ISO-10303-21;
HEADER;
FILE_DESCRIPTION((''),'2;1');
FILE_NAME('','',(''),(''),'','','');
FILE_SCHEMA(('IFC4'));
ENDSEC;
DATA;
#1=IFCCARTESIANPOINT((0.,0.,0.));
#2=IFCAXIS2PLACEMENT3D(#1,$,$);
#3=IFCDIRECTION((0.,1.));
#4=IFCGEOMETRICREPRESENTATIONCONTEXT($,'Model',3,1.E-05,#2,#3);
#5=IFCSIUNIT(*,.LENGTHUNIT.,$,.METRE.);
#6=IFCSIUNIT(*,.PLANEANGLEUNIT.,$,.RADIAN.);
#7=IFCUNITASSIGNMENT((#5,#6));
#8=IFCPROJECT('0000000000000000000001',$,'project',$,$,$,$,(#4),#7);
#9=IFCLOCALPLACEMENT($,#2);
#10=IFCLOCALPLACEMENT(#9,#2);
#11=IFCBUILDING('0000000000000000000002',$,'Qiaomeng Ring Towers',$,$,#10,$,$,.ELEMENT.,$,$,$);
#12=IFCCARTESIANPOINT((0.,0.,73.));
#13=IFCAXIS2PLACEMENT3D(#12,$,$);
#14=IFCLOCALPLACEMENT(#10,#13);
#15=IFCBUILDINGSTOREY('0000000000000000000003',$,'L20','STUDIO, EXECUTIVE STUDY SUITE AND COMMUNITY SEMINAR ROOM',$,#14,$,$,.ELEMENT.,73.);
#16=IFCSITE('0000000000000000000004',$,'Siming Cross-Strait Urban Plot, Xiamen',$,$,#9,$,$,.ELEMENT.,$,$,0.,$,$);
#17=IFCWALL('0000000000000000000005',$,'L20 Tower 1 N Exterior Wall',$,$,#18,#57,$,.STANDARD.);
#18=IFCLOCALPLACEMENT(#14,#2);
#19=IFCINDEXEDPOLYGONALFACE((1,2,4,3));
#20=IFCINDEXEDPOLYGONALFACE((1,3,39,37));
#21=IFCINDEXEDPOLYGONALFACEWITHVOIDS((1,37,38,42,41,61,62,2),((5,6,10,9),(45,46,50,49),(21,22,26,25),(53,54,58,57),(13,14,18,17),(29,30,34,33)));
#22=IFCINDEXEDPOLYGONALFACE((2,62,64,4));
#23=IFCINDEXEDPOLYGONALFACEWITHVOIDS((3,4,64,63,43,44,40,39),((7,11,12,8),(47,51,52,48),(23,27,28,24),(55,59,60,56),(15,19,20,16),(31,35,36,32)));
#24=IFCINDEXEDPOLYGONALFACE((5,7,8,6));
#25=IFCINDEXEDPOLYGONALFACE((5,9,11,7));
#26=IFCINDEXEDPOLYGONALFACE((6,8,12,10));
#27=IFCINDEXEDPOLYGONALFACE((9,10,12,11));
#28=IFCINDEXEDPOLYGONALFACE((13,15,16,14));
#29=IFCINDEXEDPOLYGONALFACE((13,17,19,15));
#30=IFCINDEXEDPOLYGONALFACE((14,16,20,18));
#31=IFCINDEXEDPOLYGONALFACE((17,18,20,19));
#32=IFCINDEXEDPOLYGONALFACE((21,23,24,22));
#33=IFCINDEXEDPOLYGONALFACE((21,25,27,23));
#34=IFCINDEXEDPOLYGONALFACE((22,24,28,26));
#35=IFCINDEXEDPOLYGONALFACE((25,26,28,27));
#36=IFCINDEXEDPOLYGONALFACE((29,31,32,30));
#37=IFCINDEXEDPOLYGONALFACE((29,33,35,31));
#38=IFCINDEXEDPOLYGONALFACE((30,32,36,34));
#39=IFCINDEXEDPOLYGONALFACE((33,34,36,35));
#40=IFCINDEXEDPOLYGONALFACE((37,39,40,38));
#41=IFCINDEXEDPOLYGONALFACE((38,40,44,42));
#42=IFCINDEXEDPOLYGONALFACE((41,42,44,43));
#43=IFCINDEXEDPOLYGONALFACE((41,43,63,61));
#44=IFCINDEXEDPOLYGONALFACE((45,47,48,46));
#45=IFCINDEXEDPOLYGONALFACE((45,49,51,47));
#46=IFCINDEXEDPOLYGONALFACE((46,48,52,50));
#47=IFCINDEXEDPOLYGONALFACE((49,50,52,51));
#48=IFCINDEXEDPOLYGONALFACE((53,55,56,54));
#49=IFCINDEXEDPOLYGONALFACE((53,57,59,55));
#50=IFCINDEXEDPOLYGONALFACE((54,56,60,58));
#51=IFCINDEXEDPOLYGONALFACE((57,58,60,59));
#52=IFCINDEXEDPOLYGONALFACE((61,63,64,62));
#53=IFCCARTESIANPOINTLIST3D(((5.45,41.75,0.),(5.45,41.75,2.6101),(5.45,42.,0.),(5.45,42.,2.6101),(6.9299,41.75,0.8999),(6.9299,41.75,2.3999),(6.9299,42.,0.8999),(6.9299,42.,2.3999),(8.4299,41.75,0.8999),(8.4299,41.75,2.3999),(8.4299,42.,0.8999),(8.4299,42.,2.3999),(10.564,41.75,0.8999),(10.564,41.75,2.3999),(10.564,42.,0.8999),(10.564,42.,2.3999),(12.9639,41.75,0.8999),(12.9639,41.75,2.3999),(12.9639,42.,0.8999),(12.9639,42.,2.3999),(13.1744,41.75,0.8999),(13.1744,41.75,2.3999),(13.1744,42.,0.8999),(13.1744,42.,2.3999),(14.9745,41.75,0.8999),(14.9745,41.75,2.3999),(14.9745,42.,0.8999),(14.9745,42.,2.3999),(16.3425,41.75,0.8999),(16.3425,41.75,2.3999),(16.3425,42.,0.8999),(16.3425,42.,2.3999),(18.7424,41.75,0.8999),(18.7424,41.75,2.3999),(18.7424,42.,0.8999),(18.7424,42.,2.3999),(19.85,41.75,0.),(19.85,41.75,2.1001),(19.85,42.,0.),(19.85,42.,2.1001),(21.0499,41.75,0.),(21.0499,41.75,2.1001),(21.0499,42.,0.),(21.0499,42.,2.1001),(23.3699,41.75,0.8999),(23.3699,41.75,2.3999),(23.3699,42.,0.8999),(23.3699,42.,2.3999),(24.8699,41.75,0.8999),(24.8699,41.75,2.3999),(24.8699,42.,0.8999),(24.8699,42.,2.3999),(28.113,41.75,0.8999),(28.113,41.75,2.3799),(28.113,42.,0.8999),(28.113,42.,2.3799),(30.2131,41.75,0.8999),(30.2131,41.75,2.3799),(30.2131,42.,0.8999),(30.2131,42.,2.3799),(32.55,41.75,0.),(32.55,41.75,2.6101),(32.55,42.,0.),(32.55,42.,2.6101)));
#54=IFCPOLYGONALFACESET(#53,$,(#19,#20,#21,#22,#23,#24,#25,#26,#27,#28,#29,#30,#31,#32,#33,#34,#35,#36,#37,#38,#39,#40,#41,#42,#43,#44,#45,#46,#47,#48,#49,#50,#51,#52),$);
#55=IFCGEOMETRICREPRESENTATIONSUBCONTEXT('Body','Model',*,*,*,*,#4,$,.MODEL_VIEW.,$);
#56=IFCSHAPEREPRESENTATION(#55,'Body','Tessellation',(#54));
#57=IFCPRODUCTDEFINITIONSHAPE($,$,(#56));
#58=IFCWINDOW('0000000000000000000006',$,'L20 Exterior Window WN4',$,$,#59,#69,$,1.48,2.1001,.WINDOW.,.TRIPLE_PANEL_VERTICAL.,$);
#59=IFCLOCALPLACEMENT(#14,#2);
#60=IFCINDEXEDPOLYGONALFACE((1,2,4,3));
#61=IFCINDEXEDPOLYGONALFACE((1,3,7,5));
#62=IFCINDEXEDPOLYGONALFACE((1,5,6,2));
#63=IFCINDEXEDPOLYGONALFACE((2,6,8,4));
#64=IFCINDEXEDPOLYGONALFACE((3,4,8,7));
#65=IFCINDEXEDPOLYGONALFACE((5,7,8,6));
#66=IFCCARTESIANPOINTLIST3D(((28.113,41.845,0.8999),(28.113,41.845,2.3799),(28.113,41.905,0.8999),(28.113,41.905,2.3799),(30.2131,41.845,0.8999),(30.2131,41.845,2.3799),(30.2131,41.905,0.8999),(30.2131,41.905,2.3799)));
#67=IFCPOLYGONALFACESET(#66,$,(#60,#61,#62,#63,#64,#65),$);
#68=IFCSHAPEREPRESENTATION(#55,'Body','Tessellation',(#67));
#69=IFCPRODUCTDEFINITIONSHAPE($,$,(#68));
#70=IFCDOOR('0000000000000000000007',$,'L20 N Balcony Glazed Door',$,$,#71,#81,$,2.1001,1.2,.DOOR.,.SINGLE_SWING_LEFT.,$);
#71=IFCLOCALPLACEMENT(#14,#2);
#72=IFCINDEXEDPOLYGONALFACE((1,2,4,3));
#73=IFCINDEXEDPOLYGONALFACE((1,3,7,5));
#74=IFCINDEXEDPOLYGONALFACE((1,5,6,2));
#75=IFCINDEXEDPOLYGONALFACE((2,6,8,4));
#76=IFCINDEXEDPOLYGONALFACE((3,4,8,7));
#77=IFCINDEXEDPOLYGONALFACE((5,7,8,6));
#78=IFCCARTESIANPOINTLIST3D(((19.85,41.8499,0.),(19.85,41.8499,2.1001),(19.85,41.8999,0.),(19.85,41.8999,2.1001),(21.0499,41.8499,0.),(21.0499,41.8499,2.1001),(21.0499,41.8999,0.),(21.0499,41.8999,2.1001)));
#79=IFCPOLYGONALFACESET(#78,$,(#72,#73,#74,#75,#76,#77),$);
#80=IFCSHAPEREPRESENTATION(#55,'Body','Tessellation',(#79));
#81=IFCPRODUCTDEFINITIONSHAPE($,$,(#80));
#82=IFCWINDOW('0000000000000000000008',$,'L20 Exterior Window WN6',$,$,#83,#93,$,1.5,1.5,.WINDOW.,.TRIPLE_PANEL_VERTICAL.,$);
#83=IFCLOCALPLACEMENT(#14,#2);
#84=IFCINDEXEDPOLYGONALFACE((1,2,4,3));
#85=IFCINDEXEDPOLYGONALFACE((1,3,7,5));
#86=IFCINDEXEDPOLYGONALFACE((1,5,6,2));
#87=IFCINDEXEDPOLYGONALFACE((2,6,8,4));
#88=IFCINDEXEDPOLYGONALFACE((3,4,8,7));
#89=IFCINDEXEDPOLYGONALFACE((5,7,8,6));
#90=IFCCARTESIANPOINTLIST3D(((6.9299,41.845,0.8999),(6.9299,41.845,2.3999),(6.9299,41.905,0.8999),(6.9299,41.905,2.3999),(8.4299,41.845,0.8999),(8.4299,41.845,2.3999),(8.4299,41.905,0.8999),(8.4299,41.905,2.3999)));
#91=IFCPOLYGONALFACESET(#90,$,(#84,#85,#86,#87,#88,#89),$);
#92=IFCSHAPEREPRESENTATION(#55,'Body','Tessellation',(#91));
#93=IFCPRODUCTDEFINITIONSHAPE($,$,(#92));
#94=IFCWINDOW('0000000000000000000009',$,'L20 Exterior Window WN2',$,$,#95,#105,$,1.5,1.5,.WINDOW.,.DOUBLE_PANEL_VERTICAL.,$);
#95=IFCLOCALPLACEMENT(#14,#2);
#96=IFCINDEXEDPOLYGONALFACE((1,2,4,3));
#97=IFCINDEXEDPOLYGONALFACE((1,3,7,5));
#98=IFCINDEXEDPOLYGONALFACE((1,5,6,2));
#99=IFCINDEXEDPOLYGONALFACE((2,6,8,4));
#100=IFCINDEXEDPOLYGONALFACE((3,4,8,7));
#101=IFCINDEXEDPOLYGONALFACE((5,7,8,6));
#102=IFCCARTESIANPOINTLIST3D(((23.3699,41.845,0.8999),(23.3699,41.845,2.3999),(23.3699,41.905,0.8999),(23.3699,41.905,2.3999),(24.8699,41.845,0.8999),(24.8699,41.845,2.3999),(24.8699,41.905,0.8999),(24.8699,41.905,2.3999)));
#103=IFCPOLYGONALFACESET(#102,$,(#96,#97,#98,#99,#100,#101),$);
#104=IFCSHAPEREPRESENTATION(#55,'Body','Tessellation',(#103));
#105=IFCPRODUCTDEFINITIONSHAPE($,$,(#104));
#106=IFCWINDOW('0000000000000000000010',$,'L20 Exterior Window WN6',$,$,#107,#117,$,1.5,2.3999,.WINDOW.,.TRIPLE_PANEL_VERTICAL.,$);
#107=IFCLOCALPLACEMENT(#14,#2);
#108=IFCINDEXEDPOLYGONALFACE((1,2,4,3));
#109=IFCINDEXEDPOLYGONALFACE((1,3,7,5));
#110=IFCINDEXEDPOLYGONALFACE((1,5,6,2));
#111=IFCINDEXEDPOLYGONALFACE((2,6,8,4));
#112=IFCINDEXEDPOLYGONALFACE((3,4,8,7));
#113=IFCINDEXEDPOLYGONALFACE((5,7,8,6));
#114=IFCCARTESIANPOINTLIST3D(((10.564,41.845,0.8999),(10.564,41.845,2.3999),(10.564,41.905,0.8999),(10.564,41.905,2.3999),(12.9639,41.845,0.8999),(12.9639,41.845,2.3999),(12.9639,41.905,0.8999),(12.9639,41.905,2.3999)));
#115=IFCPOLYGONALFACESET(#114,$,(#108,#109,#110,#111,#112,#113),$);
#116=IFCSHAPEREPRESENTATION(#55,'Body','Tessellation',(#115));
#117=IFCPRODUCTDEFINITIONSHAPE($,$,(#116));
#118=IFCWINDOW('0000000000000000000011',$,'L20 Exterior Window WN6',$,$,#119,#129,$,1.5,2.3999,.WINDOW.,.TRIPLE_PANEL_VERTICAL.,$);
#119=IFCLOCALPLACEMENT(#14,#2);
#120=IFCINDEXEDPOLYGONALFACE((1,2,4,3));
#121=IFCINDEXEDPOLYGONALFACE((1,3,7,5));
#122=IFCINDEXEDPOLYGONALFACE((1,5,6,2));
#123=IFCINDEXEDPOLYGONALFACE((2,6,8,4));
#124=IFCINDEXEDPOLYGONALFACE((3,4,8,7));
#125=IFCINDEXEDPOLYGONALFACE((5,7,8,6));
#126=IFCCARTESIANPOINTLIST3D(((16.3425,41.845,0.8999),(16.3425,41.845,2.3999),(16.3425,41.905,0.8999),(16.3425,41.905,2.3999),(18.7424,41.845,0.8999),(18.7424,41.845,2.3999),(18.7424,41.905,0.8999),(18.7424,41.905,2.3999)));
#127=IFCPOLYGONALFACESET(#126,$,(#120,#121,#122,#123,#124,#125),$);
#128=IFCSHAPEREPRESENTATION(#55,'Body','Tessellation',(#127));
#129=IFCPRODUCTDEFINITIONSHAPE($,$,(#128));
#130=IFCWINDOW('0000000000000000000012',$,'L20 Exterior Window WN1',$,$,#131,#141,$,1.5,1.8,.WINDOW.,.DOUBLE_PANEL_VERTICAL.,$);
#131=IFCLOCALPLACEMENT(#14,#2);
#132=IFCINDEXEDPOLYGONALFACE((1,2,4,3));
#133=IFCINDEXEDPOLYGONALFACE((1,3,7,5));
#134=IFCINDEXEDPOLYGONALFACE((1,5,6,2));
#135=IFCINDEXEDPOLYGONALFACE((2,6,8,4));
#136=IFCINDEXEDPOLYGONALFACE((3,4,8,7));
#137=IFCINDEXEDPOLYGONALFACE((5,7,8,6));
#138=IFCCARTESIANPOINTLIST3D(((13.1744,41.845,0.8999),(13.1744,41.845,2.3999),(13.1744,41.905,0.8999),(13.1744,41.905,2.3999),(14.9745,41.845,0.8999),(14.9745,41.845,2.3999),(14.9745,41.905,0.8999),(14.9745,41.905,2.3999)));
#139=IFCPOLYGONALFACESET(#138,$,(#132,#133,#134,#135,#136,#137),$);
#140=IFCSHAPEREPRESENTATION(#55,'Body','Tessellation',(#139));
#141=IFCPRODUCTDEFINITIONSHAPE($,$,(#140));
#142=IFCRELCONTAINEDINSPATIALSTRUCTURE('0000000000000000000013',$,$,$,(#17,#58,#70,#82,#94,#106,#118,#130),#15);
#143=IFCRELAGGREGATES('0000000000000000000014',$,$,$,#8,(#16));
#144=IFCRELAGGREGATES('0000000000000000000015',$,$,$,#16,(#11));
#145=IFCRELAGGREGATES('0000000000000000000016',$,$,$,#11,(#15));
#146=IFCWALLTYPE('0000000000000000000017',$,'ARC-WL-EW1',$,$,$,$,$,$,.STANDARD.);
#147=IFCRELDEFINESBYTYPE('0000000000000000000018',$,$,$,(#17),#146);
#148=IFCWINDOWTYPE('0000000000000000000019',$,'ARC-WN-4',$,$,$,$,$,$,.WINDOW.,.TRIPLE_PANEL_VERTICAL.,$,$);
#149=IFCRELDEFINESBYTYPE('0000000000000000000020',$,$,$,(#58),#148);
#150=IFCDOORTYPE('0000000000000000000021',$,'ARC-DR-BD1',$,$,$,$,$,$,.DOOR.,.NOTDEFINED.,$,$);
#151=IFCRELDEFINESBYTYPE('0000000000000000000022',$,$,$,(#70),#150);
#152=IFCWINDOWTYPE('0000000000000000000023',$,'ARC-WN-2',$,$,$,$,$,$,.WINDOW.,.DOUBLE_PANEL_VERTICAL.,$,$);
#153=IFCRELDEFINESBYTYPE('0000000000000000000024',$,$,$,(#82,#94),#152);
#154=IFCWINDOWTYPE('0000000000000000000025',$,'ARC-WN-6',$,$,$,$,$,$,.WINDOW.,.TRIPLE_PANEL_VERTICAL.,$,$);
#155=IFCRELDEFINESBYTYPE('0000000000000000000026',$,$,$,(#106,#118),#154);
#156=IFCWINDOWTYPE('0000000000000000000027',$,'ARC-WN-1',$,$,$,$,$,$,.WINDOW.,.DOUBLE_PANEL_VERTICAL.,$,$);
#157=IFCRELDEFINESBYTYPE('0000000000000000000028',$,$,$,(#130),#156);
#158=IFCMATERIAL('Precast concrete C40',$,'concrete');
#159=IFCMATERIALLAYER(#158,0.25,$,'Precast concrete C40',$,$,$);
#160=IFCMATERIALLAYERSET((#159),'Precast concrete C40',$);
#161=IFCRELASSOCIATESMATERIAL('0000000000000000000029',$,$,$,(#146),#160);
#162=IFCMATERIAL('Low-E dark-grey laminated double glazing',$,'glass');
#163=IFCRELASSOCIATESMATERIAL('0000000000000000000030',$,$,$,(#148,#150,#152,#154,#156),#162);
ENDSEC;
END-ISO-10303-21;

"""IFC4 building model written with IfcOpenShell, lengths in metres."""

from ifc_helpers import new_model, si_unit, direction, frame, frame_2d, origin, place, context, subcontext, project, spatial, rectangle, extrude, source, transform, mapped, material, layer, layer_set, type_object, element, fill, save


model = new_model("IFC4")

# Units and contexts
model_context = context("Model", 3, precision=1e-05, world=origin(), true_north=direction((0.0, 1.0)))
body_context = subcontext(model_context, "Body", "Model", "MODEL_VIEW")
ifc_project = project(units=[si_unit("LENGTHUNIT", "METRE"), si_unit("PLANEANGLEUNIT", "RADIAN")], contexts=[model_context])

# Site, building, storey
site_placement = place(None, origin())
site = spatial("IfcSite", under=ifc_project, at=site_placement, Name="Siming Cross-Strait Urban Plot, Xiamen", CompositionType="ELEMENT", RefElevation=0.0)
building_placement = place(site_placement, origin())
building = spatial("IfcBuilding", under=site, at=building_placement, Name="Qiaomeng Ring Towers", CompositionType="ELEMENT")
storey_placement = place(building_placement, frame((0.0, 0.0, 73.0)))
storey = spatial("IfcBuildingStorey", under=building, at=storey_placement, Name="L20", Description="STUDIO, EXECUTIVE STUDY SUITE AND COMMUNITY SEMINAR ROOM", CompositionType="ELEMENT", Elevation=73.0)

# Shared definitions
ifc_material_1 = material(Name="Low-E dark-grey laminated double glazing", Category="glass")

# Wall, openings, windows, door
ifc_material_2 = material(Name="Precast concrete C40", Category="concrete")
ifc_layer_1 = layer(ifc_material_2, 0.25, Name="Precast concrete C40")
ifc_layer_set_1 = layer_set([ifc_layer_1], Name="Precast concrete C40")
wall_type_1 = type_object("IfcWallType", Name="ARC-WL-EW1", PredefinedType="STANDARD", material=ifc_layer_set_1)
wall_1_placement = place(storey_placement, frame((5.45, 41.875, 0.0), z_axis=(0.0, 0.0, 1.0), x_axis=(1.0, 0.0, 0.0)))
wall_1 = element("IfcWall", 1, at=wall_1_placement, inside=storey, type_object=wall_type_1, Name="L20 Tower 1 N Exterior Wall", PredefinedType="STANDARD", context=body_context, shape_type="SweptSolid", body=[
    extrude(rectangle(XDim=27.1001, YDim=0.25, at=frame_2d((13.55, 0.0))), origin(), (0.0, 0.0, 1.0), 2.6101),
])
opening_1_placement = place(wall_1_placement, frame((14.3999, 0.0, 0.0)))
opening_1 = element("IfcOpeningElement", 2, at=opening_1_placement, cuts=wall_1, PredefinedType="OPENING", context=body_context, shape_type="SweptSolid", body=[
    extrude(rectangle(XDim=1.2, YDim=2.1001, at=frame_2d((0.6001, 1.05))), frame((0.0, 0.135, 0.0), z_axis=(0.0, -1.0, 0.0), x_axis=(1.0, 0.0, 0.0)), (0.0, 0.0, 1.0), 0.27),
])
opening_2_placement = place(wall_1_placement, frame((1.48, 0.0, 0.8999)))
opening_2 = element("IfcOpeningElement", 3, at=opening_2_placement, cuts=wall_1, PredefinedType="OPENING", context=body_context, shape_type="SweptSolid", body=[
    extrude(rectangle(XDim=1.5, YDim=1.5, at=frame_2d((0.75, 0.75))), frame((0.0, 0.135, 0.0), z_axis=(0.0, -1.0, 0.0), x_axis=(1.0, 0.0, 0.0)), (0.0, 0.0, 1.0), 0.27),
])
opening_3_placement = place(wall_1_placement, frame((7.7246, 0.0, 0.8999)))
opening_3 = element("IfcOpeningElement", 4, at=opening_3_placement, cuts=wall_1, PredefinedType="OPENING", context=body_context, shape_type="SweptSolid", body=[
    extrude(rectangle(XDim=1.8, YDim=1.5, at=frame_2d((0.8999, 0.75))), frame((0.0, 0.135, 0.0), z_axis=(0.0, -1.0, 0.0), x_axis=(1.0, 0.0, 0.0)), (0.0, 0.0, 1.0), 0.27),
])
opening_4_placement = place(wall_1_placement, frame((17.9199, 0.0, 0.8999)))
opening_4 = element("IfcOpeningElement", 5, at=opening_4_placement, cuts=wall_1, PredefinedType="OPENING", context=body_context, shape_type="SweptSolid", body=[
    extrude(rectangle(XDim=1.5, YDim=1.5, at=frame_2d((0.75, 0.75))), frame((0.0, 0.135, 0.0), z_axis=(0.0, -1.0, 0.0), x_axis=(1.0, 0.0, 0.0)), (0.0, 0.0, 1.0), 0.27),
])
opening_5_placement = place(wall_1_placement, frame((22.6631, 0.0, 0.8999)))
opening_5 = element("IfcOpeningElement", 6, at=opening_5_placement, cuts=wall_1, PredefinedType="OPENING", context=body_context, shape_type="SweptSolid", body=[
    extrude(rectangle(XDim=2.1001, YDim=1.48, at=frame_2d((1.05, 0.74))), frame((0.0, 0.135, 0.0), z_axis=(0.0, -1.0, 0.0), x_axis=(1.0, 0.0, 0.0)), (0.0, 0.0, 1.0), 0.27),
])
opening_6_placement = place(wall_1_placement, frame((5.114, 0.0, 0.8999)))
opening_6 = element("IfcOpeningElement", 7, at=opening_6_placement, cuts=wall_1, PredefinedType="OPENING", context=body_context, shape_type="SweptSolid", body=[
    extrude(rectangle(XDim=2.3999, YDim=1.5, at=frame_2d((1.2, 0.75))), frame((0.0, 0.135, 0.0), z_axis=(0.0, -1.0, 0.0), x_axis=(1.0, 0.0, 0.0)), (0.0, 0.0, 1.0), 0.27),
])
opening_7_placement = place(wall_1_placement, frame((10.8926, 0.0, 0.8999)))
opening_7 = element("IfcOpeningElement", 8, at=opening_7_placement, cuts=wall_1, PredefinedType="OPENING", context=body_context, shape_type="SweptSolid", body=[
    extrude(rectangle(XDim=2.3999, YDim=1.5, at=frame_2d((1.2, 0.75))), frame((0.0, 0.135, 0.0), z_axis=(0.0, -1.0, 0.0), x_axis=(1.0, 0.0, 0.0)), (0.0, 0.0, 1.0), 0.27),
])
window_type_1 = type_object("IfcWindowType", Name="ARC-WN-4", PartitioningType="TRIPLE_PANEL_VERTICAL", PredefinedType="WINDOW", material=ifc_material_1)
shared_shape_1 = source(origin(), body_context, "Body", "SweptSolid", [
    extrude(rectangle(XDim=2.1001, YDim=1.48, at=frame_2d((1.05, 0.74))), frame((0.0, 0.03, 0.0), z_axis=(0.0, -1.0, 0.0), x_axis=(1.0, 0.0, 0.0)), (0.0, 0.0, 1.0), 0.0601),
])
window_1_placement = place(opening_5_placement, origin())
window_1 = element("IfcWindow", 9, at=window_1_placement, inside=storey, type_object=window_type_1, Name="L20 Exterior Window WN4", OverallHeight=1.48, OverallWidth=2.1001, PartitioningType="TRIPLE_PANEL_VERTICAL", PredefinedType="WINDOW", context=body_context, shape_type="MappedRepresentation", body=[
    mapped(shared_shape_1, transform((0.0, 0.0, 0.0), x_axis=(1.0, 0.0, 0.0), y_axis=(0.0, 1.0, 0.0), z_axis=(0.0, 0.0, 1.0), scale=1.0)),
])
fill(opening_5, window_1)
door_type = type_object("IfcDoorType", Name="ARC-DR-BD1", OperationType="NOTDEFINED", PredefinedType="DOOR", material=ifc_material_1)
shared_shape_2 = source(origin(), body_context, "Body", "SweptSolid", [
    extrude(rectangle(XDim=1.2, YDim=2.1001, at=frame_2d((0.6001, 1.05))), frame((0.0, 0.0249, 0.0), z_axis=(0.0, -1.0, 0.0), x_axis=(1.0, 0.0, 0.0)), (0.0, 0.0, 1.0), 0.05),
])
door_placement = place(opening_1_placement, origin())
door = element("IfcDoor", 10, at=door_placement, inside=storey, type_object=door_type, Name="L20 N Balcony Glazed Door", OperationType="SINGLE_SWING_LEFT", OverallHeight=2.1001, OverallWidth=1.2, PredefinedType="DOOR", context=body_context, shape_type="MappedRepresentation", body=[
    mapped(shared_shape_2, transform((0.0, 0.0, 0.0), x_axis=(1.0, 0.0, 0.0), y_axis=(0.0, 1.0, 0.0), z_axis=(0.0, 0.0, 1.0), scale=1.0)),
])
fill(opening_1, door)
window_type_2 = type_object("IfcWindowType", Name="ARC-WN-2", PartitioningType="DOUBLE_PANEL_VERTICAL", PredefinedType="WINDOW", material=ifc_material_1)
shared_shape_3 = source(origin(), body_context, "Body", "SweptSolid", [
    extrude(rectangle(XDim=1.5, YDim=1.5, at=frame_2d((0.75, 0.75))), frame((0.0, 0.03, 0.0), z_axis=(0.0, -1.0, 0.0), x_axis=(1.0, 0.0, 0.0)), (0.0, 0.0, 1.0), 0.0601),
])
window_2_placement = place(opening_2_placement, origin())
window_2 = element("IfcWindow", 11, at=window_2_placement, inside=storey, type_object=window_type_2, Name="L20 Exterior Window WN6", OverallHeight=1.5, OverallWidth=1.5, PartitioningType="TRIPLE_PANEL_VERTICAL", PredefinedType="WINDOW", context=body_context, shape_type="MappedRepresentation", body=[
    mapped(shared_shape_3, transform((0.0, 0.0, 0.0), x_axis=(1.0, 0.0, 0.0), y_axis=(0.0, 1.0, 0.0), z_axis=(0.0, 0.0, 1.0), scale=1.0)),
])
fill(opening_2, window_2)
window_3_placement = place(opening_4_placement, origin())
window_3 = element("IfcWindow", 12, at=window_3_placement, inside=storey, type_object=window_type_2, Name="L20 Exterior Window WN2", OverallHeight=1.5, OverallWidth=1.5, PartitioningType="DOUBLE_PANEL_VERTICAL", PredefinedType="WINDOW", context=body_context, shape_type="MappedRepresentation", body=[
    mapped(shared_shape_3, transform((0.0, 0.0, 0.0), x_axis=(1.0, 0.0, 0.0), y_axis=(0.0, 1.0, 0.0), z_axis=(0.0, 0.0, 1.0), scale=1.0)),
])
fill(opening_4, window_3)
window_type_3 = type_object("IfcWindowType", Name="ARC-WN-6", PartitioningType="TRIPLE_PANEL_VERTICAL", PredefinedType="WINDOW", material=ifc_material_1)
shared_shape_4 = source(origin(), body_context, "Body", "SweptSolid", [
    extrude(rectangle(XDim=2.3999, YDim=1.5, at=frame_2d((1.2, 0.75))), frame((0.0, 0.03, 0.0), z_axis=(0.0, -1.0, 0.0), x_axis=(1.0, 0.0, 0.0)), (0.0, 0.0, 1.0), 0.0601),
])
window_4_placement = place(opening_6_placement, origin())
window_4 = element("IfcWindow", 13, at=window_4_placement, inside=storey, type_object=window_type_3, Name="L20 Exterior Window WN6", OverallHeight=1.5, OverallWidth=2.3999, PartitioningType="TRIPLE_PANEL_VERTICAL", PredefinedType="WINDOW", context=body_context, shape_type="MappedRepresentation", body=[
    mapped(shared_shape_4, transform((0.0, 0.0, 0.0), x_axis=(1.0, 0.0, 0.0), y_axis=(0.0, 1.0, 0.0), z_axis=(0.0, 0.0, 1.0), scale=1.0)),
])
fill(opening_6, window_4)
window_5_placement = place(opening_7_placement, origin())
window_5 = element("IfcWindow", 14, at=window_5_placement, inside=storey, type_object=window_type_3, Name="L20 Exterior Window WN6", OverallHeight=1.5, OverallWidth=2.3999, PartitioningType="TRIPLE_PANEL_VERTICAL", PredefinedType="WINDOW", context=body_context, shape_type="MappedRepresentation", body=[
    mapped(shared_shape_4, transform((0.0, 0.0, 0.0), x_axis=(1.0, 0.0, 0.0), y_axis=(0.0, 1.0, 0.0), z_axis=(0.0, 0.0, 1.0), scale=1.0)),
])
fill(opening_7, window_5)
window_type_4 = type_object("IfcWindowType", Name="ARC-WN-1", PartitioningType="DOUBLE_PANEL_VERTICAL", PredefinedType="WINDOW", material=ifc_material_1)
shared_shape_5 = source(origin(), body_context, "Body", "SweptSolid", [
    extrude(rectangle(XDim=1.8, YDim=1.5, at=frame_2d((0.8999, 0.75))), frame((0.0, 0.03, 0.0), z_axis=(0.0, -1.0, 0.0), x_axis=(1.0, 0.0, 0.0)), (0.0, 0.0, 1.0), 0.0601),
])
window_6_placement = place(opening_3_placement, origin())
window_6 = element("IfcWindow", 15, at=window_6_placement, inside=storey, type_object=window_type_4, Name="L20 Exterior Window WN1", OverallHeight=1.5, OverallWidth=1.8, PartitioningType="DOUBLE_PANEL_VERTICAL", PredefinedType="WINDOW", context=body_context, shape_type="MappedRepresentation", body=[
    mapped(shared_shape_5, transform((0.0, 0.0, 0.0), x_axis=(1.0, 0.0, 0.0), y_axis=(0.0, 1.0, 0.0), z_axis=(0.0, 0.0, 1.0), scale=1.0)),
])
fill(opening_3, window_6)

save(model, "model.ifc")
